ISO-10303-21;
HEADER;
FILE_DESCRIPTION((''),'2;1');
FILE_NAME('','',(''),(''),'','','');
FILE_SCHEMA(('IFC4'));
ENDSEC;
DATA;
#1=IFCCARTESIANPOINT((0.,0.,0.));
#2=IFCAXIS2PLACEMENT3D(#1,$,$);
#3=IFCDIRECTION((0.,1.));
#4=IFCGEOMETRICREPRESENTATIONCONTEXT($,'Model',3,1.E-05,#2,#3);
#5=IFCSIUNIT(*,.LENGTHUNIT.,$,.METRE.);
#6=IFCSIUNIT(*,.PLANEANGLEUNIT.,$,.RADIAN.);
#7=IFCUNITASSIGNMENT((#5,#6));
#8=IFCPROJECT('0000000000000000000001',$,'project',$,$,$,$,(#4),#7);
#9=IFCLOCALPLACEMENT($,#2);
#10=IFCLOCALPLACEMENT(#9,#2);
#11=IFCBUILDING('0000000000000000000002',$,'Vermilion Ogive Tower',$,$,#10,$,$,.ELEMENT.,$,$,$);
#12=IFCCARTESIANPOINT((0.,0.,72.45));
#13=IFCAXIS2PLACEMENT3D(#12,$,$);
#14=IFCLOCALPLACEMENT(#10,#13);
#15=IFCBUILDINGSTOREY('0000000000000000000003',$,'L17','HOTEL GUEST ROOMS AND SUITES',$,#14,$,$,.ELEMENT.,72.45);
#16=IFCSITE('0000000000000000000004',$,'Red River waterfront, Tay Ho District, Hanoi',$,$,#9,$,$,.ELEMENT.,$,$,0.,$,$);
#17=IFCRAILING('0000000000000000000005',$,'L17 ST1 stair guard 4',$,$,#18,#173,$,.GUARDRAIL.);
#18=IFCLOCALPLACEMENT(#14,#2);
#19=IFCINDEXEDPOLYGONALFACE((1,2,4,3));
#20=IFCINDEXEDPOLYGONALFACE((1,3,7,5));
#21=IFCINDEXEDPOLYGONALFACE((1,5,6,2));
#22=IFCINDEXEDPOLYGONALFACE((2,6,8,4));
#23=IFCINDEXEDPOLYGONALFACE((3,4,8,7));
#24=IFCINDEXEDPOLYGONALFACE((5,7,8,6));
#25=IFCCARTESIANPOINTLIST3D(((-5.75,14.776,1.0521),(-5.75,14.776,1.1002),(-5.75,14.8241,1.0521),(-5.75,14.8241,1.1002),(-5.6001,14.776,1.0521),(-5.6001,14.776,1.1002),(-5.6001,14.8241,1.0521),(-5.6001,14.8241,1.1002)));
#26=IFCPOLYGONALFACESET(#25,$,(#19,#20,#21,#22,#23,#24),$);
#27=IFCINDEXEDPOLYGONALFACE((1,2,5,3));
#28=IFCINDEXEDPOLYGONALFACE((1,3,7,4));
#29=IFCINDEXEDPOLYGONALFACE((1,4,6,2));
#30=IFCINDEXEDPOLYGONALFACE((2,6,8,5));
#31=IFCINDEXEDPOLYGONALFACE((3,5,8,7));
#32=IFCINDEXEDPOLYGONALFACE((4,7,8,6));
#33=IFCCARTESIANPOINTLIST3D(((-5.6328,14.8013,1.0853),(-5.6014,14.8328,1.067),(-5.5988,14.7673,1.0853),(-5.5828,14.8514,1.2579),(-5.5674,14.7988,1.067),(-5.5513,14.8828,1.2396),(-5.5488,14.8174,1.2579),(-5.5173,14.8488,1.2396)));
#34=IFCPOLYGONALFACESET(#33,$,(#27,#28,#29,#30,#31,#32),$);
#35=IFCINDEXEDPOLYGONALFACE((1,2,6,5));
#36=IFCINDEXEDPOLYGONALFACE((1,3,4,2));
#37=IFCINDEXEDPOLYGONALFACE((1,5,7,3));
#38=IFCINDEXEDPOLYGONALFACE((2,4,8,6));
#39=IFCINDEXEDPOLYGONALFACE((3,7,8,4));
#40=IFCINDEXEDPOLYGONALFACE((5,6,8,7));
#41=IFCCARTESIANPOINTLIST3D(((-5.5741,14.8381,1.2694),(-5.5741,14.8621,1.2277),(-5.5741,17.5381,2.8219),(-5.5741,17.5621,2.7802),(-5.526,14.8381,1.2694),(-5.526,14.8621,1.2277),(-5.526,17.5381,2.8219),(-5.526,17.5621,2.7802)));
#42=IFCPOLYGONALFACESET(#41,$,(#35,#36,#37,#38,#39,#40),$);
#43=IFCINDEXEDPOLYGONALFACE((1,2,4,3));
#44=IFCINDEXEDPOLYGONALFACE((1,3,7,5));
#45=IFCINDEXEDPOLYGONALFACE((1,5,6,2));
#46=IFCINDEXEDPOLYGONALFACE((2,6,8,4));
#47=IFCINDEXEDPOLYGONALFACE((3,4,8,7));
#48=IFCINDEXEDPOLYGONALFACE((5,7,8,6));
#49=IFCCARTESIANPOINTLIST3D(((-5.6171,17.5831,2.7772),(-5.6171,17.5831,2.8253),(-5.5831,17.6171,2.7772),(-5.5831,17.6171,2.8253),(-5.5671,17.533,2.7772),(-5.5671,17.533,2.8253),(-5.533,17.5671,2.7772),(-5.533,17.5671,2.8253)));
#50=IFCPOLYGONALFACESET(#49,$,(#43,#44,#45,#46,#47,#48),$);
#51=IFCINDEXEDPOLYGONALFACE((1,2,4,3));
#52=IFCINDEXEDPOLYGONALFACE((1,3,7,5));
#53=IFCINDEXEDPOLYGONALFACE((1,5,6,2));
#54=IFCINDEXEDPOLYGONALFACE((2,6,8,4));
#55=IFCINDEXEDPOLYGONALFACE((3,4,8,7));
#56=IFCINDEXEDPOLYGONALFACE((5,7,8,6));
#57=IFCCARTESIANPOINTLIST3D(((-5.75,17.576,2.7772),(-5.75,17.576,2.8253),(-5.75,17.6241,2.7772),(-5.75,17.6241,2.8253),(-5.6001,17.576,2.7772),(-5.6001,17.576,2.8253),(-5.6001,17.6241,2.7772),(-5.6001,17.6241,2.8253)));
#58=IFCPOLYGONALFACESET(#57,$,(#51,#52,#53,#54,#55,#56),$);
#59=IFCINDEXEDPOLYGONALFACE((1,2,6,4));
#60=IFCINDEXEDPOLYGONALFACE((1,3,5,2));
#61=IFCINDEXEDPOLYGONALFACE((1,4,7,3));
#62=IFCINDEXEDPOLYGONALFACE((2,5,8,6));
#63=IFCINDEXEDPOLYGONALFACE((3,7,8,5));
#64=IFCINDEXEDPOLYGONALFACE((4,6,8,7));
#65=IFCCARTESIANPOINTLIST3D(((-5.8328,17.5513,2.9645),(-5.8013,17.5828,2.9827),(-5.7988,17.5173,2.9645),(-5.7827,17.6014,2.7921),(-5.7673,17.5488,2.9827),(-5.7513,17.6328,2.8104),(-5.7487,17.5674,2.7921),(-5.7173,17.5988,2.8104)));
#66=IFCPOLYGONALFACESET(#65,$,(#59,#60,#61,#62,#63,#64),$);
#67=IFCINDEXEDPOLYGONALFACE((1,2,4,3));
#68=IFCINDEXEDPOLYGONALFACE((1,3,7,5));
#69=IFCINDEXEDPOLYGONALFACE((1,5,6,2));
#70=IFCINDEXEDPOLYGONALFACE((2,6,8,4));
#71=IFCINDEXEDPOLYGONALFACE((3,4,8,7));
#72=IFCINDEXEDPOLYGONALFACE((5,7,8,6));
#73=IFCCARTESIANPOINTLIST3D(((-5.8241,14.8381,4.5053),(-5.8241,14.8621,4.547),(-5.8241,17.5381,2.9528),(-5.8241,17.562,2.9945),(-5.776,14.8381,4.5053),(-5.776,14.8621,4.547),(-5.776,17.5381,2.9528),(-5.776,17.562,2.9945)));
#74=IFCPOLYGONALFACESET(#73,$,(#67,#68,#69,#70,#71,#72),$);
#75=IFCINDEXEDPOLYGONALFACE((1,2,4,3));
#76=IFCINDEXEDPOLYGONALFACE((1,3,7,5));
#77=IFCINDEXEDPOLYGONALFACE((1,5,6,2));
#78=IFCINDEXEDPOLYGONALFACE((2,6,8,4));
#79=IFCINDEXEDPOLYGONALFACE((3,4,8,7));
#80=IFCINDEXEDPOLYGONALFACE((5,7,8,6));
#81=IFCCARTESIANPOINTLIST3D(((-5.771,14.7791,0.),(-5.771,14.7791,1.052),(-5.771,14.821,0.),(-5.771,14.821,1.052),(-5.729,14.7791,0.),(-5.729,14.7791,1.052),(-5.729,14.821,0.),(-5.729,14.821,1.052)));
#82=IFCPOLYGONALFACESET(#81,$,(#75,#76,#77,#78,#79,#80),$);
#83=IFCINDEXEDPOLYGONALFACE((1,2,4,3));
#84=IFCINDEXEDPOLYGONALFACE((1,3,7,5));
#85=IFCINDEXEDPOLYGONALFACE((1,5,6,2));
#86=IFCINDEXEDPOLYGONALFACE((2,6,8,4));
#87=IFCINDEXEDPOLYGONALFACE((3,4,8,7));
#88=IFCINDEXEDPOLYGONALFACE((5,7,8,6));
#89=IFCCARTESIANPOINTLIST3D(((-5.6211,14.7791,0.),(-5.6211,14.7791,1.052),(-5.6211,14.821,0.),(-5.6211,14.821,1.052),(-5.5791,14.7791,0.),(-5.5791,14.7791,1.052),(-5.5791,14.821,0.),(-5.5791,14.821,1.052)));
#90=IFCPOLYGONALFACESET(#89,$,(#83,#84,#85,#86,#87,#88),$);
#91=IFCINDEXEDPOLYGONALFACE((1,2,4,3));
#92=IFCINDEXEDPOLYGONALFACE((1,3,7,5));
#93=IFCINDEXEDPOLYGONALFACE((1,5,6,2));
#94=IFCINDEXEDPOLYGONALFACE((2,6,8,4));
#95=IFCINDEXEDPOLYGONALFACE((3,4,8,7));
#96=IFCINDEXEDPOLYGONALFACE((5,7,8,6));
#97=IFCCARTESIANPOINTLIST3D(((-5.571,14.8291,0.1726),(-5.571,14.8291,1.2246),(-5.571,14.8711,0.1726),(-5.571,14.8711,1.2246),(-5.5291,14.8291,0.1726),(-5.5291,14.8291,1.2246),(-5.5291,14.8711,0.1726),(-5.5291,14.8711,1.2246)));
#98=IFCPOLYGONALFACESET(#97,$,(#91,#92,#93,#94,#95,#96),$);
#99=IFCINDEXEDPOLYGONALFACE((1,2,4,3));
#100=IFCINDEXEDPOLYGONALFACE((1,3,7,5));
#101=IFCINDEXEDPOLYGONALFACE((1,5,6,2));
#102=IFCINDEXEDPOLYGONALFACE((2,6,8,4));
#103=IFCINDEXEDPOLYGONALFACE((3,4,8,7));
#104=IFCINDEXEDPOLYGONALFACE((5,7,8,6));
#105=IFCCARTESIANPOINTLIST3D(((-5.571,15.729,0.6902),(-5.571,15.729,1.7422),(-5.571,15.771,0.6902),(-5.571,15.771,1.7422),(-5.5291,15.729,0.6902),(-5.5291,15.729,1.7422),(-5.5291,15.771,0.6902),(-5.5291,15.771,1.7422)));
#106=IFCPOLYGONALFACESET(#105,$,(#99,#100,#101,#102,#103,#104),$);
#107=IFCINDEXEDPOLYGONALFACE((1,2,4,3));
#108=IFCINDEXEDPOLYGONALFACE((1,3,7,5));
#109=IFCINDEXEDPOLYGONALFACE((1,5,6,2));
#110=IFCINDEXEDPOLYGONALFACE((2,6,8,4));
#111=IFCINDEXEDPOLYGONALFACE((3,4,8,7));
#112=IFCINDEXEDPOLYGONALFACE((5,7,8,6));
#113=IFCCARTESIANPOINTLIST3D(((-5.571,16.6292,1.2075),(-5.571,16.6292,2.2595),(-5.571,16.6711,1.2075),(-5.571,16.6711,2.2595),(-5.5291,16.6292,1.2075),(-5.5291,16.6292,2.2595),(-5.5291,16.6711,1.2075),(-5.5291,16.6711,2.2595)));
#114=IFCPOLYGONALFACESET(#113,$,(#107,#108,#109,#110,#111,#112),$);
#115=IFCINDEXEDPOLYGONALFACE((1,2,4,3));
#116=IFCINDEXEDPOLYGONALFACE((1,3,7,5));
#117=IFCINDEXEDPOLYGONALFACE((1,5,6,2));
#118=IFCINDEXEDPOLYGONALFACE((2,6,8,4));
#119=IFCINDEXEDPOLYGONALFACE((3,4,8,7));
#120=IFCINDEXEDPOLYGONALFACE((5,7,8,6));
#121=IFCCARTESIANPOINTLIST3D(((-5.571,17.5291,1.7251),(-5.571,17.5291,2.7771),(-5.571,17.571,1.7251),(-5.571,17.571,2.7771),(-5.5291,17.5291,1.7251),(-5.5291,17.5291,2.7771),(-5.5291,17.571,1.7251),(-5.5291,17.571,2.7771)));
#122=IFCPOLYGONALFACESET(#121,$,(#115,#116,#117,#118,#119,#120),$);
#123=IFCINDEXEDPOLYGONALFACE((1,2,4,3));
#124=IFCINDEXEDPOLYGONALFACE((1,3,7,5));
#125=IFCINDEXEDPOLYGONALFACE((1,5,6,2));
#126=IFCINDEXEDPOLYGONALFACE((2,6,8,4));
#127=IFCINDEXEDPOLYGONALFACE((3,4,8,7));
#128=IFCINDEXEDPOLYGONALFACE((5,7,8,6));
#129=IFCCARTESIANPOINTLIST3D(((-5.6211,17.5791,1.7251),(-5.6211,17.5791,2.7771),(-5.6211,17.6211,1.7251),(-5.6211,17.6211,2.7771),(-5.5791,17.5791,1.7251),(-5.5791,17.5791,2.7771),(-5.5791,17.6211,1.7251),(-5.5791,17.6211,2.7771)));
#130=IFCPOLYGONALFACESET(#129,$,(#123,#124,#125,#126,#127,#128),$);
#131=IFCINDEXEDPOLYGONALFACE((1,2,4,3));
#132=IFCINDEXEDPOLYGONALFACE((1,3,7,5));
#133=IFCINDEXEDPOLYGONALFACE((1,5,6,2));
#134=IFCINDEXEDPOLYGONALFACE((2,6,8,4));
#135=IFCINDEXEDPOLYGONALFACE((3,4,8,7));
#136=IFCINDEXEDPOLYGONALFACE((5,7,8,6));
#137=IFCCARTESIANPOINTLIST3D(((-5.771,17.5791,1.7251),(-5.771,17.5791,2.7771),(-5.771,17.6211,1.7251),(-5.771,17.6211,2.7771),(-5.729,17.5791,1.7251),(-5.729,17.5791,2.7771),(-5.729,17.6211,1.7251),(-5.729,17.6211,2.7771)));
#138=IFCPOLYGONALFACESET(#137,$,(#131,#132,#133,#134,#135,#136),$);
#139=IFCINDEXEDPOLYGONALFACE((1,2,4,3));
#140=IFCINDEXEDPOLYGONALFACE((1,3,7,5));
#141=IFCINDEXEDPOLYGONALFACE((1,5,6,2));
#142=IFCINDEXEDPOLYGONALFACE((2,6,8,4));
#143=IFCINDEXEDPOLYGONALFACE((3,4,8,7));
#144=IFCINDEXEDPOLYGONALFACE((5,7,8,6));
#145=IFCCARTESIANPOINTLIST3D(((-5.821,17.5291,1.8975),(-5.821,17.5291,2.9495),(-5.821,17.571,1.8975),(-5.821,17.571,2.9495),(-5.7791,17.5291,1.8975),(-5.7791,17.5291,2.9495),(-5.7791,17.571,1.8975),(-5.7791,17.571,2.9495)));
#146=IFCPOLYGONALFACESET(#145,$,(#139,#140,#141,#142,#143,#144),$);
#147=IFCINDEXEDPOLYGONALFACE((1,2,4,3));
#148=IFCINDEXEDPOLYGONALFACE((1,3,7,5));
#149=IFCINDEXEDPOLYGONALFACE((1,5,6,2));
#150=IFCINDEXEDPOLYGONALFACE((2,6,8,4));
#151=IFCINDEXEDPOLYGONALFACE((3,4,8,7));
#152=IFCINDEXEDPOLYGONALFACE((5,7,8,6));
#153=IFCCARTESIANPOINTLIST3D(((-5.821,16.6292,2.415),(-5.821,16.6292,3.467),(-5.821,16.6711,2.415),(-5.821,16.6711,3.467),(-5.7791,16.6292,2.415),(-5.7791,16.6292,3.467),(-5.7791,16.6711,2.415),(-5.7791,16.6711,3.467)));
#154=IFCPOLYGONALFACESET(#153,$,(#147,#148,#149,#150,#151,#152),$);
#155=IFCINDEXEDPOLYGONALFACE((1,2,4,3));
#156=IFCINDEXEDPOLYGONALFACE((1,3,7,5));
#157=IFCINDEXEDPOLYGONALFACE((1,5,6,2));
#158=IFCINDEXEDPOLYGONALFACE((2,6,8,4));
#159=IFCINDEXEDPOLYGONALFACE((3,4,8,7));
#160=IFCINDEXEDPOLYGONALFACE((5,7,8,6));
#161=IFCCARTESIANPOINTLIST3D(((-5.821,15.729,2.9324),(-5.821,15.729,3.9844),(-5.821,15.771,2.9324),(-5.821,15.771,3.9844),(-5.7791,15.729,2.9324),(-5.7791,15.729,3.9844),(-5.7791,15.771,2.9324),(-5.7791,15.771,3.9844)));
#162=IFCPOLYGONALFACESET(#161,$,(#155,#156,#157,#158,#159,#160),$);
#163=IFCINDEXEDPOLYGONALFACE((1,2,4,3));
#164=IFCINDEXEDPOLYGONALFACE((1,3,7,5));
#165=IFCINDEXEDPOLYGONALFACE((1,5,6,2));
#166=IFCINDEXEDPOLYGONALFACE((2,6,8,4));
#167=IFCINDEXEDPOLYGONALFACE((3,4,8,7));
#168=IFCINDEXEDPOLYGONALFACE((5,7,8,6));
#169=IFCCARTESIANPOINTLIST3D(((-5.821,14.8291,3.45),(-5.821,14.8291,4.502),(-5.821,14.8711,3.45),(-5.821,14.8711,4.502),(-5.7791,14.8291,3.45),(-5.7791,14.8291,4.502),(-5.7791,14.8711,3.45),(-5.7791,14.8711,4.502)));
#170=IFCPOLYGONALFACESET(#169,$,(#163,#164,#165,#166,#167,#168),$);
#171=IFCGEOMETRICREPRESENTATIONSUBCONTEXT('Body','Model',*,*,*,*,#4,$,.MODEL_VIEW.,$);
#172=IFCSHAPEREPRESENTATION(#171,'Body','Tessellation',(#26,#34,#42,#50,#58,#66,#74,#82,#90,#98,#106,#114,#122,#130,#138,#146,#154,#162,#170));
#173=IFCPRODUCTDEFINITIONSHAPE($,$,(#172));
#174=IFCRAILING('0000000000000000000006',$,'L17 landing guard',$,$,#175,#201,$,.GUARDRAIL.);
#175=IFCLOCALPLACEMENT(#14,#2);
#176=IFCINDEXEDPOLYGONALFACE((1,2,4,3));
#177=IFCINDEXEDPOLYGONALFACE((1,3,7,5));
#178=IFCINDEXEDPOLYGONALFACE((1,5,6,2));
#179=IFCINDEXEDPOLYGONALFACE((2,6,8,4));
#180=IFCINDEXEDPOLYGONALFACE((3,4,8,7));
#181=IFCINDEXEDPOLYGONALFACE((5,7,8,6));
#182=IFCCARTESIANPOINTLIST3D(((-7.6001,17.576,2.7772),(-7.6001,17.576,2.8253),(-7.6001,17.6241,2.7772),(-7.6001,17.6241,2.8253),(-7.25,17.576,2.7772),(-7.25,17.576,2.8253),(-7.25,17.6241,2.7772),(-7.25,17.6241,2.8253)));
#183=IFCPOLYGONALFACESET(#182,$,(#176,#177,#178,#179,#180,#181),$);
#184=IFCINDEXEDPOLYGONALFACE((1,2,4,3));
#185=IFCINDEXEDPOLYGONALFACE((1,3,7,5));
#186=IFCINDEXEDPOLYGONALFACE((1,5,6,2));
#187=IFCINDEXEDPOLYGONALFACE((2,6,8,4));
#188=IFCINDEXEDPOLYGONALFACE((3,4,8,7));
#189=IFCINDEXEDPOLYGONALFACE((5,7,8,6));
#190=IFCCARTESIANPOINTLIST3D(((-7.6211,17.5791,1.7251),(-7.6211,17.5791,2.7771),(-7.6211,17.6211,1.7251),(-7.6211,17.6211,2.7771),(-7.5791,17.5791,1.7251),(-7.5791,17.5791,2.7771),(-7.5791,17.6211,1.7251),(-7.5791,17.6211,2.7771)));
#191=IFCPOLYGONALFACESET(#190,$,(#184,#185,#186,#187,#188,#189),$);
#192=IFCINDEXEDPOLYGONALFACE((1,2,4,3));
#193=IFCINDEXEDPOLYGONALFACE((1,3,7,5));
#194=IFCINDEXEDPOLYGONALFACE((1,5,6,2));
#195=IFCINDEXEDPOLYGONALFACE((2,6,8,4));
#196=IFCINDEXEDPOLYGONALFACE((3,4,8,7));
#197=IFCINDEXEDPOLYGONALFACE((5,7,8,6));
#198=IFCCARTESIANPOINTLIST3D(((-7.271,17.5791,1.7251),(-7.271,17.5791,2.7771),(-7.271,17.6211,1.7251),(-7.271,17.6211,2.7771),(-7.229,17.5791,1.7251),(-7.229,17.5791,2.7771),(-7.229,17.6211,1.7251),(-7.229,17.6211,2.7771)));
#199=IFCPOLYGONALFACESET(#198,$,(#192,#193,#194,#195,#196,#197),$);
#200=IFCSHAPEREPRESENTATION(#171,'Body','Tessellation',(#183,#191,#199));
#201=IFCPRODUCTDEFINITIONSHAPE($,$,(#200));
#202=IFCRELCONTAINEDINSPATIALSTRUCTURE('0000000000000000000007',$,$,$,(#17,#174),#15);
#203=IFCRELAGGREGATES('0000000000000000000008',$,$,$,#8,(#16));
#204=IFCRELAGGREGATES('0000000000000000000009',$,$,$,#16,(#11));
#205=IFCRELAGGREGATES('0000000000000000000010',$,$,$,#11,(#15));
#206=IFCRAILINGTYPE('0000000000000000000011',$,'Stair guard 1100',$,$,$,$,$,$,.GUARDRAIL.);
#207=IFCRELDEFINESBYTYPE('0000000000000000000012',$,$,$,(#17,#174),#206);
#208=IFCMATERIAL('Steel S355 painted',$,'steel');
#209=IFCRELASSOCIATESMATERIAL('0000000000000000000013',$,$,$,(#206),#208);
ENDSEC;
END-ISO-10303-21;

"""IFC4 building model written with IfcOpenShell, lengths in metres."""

from ifc_helpers import new_model, si_unit, direction, frame, origin, origin_2d, place, context, subcontext, project, spatial, rectangle, extrude, material, type_object, element, save


model = new_model("IFC4")

# Units and contexts
model_context = context("Model", 3, precision=1e-05, world=origin(), true_north=direction((0.0, 1.0)))
body_context = subcontext(model_context, "Body", "Model", "MODEL_VIEW")
ifc_project = project(units=[si_unit("LENGTHUNIT", "METRE"), si_unit("PLANEANGLEUNIT", "RADIAN")], contexts=[model_context])

# Site, building, storey
site_placement = place(None, origin())
site = spatial("IfcSite", under=ifc_project, at=site_placement, Name="Red River waterfront, Tay Ho District, Hanoi", CompositionType="ELEMENT", RefElevation=0.0)
building_placement = place(site_placement, origin())
building = spatial("IfcBuilding", under=site, at=building_placement, Name="Vermilion Ogive Tower", CompositionType="ELEMENT")
storey_placement = place(building_placement, frame((0.0, 0.0, 72.45)))
storey = spatial("IfcBuildingStorey", under=building, at=storey_placement, Name="L17", Description="HOTEL GUEST ROOMS AND SUITES", CompositionType="ELEMENT", Elevation=72.45)

# Railings
ifc_material_1 = material(Name="Steel S355 painted", Category="steel")
railing_type_1 = type_object("IfcRailingType", Name="Stair guard 1100", PredefinedType="GUARDRAIL", material=ifc_material_1)
railing_1_placement = place(storey_placement, frame((-5.75, 14.8, 0.0)))
element("IfcRailing", 1, at=railing_1_placement, inside=storey, type_object=railing_type_1, Name="L17 ST1 stair guard 4", PredefinedType="GUARDRAIL", context=body_context, shape_type="SweptSolid", body=[
    extrude(rectangle(XDim=0.0481, YDim=0.0481, at=origin_2d()), frame((0.0, 0.0, 1.0762), z_axis=(1.0, 0.0, 0.0), x_axis=(0.0, 1.0, 0.0)), (0.0, 0.0, 1.0), 0.1499),
    extrude(rectangle(XDim=0.0481, YDim=0.0481, at=origin_2d()), frame((0.1499, 0.0, 1.0762), z_axis=(0.268278, 0.268278, 0.925232), x_axis=(-0.707107, 0.707107, 0.0)), (0.0, 0.0, 1.0), 0.1865),
    extrude(rectangle(XDim=0.0481, YDim=0.0481, at=origin_2d()), frame((0.2, 0.05, 1.2485), z_axis=(0.0, 0.866904, 0.498476), x_axis=(-1.0, 0.0, 0.0)), (0.0, 0.0, 1.0), 3.1145),
    extrude(rectangle(XDim=0.0481, YDim=0.0481, at=origin_2d()), frame((0.2, 2.75, 2.8013), z_axis=(-0.707107, 0.707107, 0.0), x_axis=(-0.707107, -0.707107, 0.0)), (0.0, 0.0, 1.0), 0.0708),
    extrude(rectangle(XDim=0.0481, YDim=0.0481, at=origin_2d()), frame((0.1499, 2.8, 2.8013), z_axis=(-1.0, 0.0, 0.0), x_axis=(0.0, -1.0, 0.0)), (0.0, 0.0, 1.0), 0.1499),
    extrude(rectangle(XDim=0.0481, YDim=0.0481, at=origin_2d()), frame((0.0, 2.8, 2.8013), z_axis=(-0.268603, -0.268603, 0.925043), x_axis=(0.707107, -0.707107, 0.0)), (0.0, 0.0, 1.0), 0.1863),
    extrude(rectangle(XDim=0.0481, YDim=0.0481, at=origin_2d()), frame((-0.05, 2.75, 2.9736), z_axis=(0.0, -0.866904, 0.498476), x_axis=(1.0, 0.0, 0.0)), (0.0, 0.0, 1.0), 3.1145),
    extrude(rectangle(XDim=0.042, YDim=0.042, at=origin_2d()), origin(), (0.0, 0.0, 1.0), 1.052),
    extrude(rectangle(XDim=0.042, YDim=0.042, at=origin_2d()), frame((0.1499, 0.0, 0.0)), (0.0, 0.0, 1.0), 1.052),
    extrude(rectangle(XDim=0.042, YDim=0.042, at=origin_2d()), frame((0.2, 0.05, 0.1726)), (0.0, 0.0, 1.0), 1.052),
    extrude(rectangle(XDim=0.042, YDim=0.042, at=origin_2d()), frame((0.2, 0.95, 0.6902)), (0.0, 0.0, 1.0), 1.052),
    extrude(rectangle(XDim=0.042, YDim=0.042, at=origin_2d()), frame((0.2, 1.8501, 1.2075)), (0.0, 0.0, 1.0), 1.052),
    extrude(rectangle(XDim=0.042, YDim=0.042, at=origin_2d()), frame((0.2, 2.75, 1.7251)), (0.0, 0.0, 1.0), 1.052),
    extrude(rectangle(XDim=0.042, YDim=0.042, at=origin_2d()), frame((0.1499, 2.8, 1.7251)), (0.0, 0.0, 1.0), 1.052),
    extrude(rectangle(XDim=0.042, YDim=0.042, at=origin_2d()), frame((0.0, 2.8, 1.7251)), (0.0, 0.0, 1.0), 1.052),
    extrude(rectangle(XDim=0.042, YDim=0.042, at=origin_2d()), frame((-0.05, 2.75, 1.8975)), (0.0, 0.0, 1.0), 1.052),
    extrude(rectangle(XDim=0.042, YDim=0.042, at=origin_2d()), frame((-0.05, 1.8501, 2.415)), (0.0, 0.0, 1.0), 1.052),
    extrude(rectangle(XDim=0.042, YDim=0.042, at=origin_2d()), frame((-0.05, 0.95, 2.9324)), (0.0, 0.0, 1.0), 1.052),
    extrude(rectangle(XDim=0.042, YDim=0.042, at=origin_2d()), frame((-0.05, 0.05, 3.45)), (0.0, 0.0, 1.0), 1.052),
])
railing_2_placement = place(storey_placement, frame((-7.6001, 17.6001, 1.7251)))
element("IfcRailing", 2, at=railing_2_placement, inside=storey, type_object=railing_type_1, Name="L17 landing guard", PredefinedType="GUARDRAIL", context=body_context, shape_type="SweptSolid", body=[
    extrude(rectangle(XDim=0.0481, YDim=0.0481, at=origin_2d()), frame((0.0, 0.0, 1.0762), z_axis=(1.0, 0.0, 0.0), x_axis=(0.0, 1.0, 0.0)), (0.0, 0.0, 1.0), 0.3501),
    extrude(rectangle(XDim=0.042, YDim=0.042, at=origin_2d()), origin(), (0.0, 0.0, 1.0), 1.052),
    extrude(rectangle(XDim=0.042, YDim=0.042, at=origin_2d()), frame((0.3501, 0.0, 0.0)), (0.0, 0.0, 1.0), 1.052),
])

save(model, "model.ifc")
